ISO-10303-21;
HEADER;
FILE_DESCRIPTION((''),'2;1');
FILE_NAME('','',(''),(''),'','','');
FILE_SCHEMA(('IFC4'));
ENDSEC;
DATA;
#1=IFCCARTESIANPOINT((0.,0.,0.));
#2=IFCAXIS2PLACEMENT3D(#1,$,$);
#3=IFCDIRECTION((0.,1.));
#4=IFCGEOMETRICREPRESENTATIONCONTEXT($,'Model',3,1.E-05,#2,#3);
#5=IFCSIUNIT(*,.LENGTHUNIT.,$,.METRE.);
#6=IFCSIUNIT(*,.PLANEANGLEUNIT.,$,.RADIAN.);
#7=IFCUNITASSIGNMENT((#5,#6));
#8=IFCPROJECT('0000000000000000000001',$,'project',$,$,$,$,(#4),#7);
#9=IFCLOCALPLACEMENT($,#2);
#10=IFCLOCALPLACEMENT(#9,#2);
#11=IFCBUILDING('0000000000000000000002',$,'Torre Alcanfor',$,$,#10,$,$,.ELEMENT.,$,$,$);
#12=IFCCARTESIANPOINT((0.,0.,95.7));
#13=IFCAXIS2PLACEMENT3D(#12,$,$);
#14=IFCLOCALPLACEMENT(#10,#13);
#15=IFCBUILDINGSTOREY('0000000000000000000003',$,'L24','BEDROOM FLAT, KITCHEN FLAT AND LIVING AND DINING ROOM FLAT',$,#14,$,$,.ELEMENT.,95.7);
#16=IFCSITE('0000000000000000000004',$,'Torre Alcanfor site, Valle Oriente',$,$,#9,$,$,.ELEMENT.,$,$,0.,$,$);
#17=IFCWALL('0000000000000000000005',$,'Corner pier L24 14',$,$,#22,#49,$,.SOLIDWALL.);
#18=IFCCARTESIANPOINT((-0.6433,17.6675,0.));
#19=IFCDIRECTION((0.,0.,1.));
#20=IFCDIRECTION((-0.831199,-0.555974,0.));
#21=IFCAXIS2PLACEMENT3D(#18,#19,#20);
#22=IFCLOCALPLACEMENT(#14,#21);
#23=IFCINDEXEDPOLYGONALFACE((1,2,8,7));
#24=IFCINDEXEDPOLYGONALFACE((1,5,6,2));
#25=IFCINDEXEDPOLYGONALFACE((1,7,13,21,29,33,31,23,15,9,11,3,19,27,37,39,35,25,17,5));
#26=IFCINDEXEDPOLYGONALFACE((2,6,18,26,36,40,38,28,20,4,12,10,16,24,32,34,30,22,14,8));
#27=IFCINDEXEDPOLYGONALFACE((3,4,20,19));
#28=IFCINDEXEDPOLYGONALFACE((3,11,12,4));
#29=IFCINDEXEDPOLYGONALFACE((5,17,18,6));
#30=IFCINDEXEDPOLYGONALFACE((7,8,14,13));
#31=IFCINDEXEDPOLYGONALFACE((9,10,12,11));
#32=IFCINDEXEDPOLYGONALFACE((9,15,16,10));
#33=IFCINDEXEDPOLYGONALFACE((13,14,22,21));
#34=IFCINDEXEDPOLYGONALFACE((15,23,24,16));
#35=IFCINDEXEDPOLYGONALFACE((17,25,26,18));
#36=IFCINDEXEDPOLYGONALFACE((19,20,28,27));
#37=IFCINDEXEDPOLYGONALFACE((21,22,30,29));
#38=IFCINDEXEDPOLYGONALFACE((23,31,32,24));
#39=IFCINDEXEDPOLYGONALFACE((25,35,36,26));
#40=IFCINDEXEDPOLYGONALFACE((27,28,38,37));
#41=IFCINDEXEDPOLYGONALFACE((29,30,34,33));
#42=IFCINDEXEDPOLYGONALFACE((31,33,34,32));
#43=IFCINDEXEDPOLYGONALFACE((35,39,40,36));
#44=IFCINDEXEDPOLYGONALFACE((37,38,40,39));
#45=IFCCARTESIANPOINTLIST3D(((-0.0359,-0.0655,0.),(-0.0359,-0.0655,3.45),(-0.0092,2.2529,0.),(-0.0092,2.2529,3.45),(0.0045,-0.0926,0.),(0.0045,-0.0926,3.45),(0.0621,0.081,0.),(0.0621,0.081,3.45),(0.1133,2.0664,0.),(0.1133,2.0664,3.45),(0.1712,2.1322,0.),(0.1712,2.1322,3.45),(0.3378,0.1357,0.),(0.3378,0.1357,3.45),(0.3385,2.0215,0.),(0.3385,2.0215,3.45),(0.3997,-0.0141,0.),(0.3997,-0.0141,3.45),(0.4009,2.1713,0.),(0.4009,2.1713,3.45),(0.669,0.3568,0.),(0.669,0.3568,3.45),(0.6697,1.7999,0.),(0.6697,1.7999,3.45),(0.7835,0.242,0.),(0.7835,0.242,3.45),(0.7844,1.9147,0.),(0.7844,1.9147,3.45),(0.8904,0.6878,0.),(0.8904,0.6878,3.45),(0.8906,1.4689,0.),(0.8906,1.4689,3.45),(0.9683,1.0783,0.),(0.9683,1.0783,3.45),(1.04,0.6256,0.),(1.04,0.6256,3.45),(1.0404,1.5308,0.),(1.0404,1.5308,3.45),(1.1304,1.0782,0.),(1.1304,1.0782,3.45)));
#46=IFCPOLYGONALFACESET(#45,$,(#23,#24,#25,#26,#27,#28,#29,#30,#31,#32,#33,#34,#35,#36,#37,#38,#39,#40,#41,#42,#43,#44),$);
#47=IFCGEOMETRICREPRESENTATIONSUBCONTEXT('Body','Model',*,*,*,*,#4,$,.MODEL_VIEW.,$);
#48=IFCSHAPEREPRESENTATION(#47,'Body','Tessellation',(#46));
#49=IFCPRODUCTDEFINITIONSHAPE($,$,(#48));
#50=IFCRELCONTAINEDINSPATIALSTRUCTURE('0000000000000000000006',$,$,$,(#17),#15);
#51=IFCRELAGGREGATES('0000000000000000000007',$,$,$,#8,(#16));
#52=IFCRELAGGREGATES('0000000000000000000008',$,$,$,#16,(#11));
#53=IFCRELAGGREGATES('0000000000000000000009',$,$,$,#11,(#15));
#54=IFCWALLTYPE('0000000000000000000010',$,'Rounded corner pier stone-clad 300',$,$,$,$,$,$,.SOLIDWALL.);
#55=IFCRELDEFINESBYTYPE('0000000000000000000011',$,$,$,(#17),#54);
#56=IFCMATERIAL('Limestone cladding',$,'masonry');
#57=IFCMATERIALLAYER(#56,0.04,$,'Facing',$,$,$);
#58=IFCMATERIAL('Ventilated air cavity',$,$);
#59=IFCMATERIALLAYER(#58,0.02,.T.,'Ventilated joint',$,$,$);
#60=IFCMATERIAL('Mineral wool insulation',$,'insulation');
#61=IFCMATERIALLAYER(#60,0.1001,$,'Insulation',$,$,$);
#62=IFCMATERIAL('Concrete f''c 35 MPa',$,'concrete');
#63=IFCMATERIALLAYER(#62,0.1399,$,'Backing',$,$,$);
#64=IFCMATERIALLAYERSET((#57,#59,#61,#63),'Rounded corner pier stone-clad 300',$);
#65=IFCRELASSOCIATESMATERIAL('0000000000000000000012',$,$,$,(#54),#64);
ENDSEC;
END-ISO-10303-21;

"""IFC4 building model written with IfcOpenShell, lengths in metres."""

from ifc_helpers import new_model, si_unit, direction, frame, origin, place, context, subcontext, project, spatial, polyline, outline, extrude, material, layer, layer_set, type_object, element, save


model = new_model("IFC4")

# Units and contexts
model_context = context("Model", 3, precision=1e-05, world=origin(), true_north=direction((0.0, 1.0)))
body_context = subcontext(model_context, "Body", "Model", "MODEL_VIEW")
ifc_project = project(units=[si_unit("LENGTHUNIT", "METRE"), si_unit("PLANEANGLEUNIT", "RADIAN")], contexts=[model_context])

# Site, building, storey
site_placement = place(None, origin())
site = spatial("IfcSite", under=ifc_project, at=site_placement, Name="Torre Alcanfor site, Valle Oriente", CompositionType="ELEMENT", RefElevation=0.0)
building_placement = place(site_placement, origin())
building = spatial("IfcBuilding", under=site, at=building_placement, Name="Torre Alcanfor", CompositionType="ELEMENT")
storey_placement = place(building_placement, frame((0.0, 0.0, 95.7)))
storey = spatial("IfcBuildingStorey", under=building, at=storey_placement, Name="L24", Description="BEDROOM FLAT, KITCHEN FLAT AND LIVING AND DINING ROOM FLAT", CompositionType="ELEMENT", Elevation=95.7)

# Shared definitions
ifc_material_1 = material(Name="Limestone cladding", Category="masonry")
ifc_material_2 = material(Name="Ventilated air cavity")
ifc_material_3 = material(Name="Mineral wool insulation", Category="insulation")
ifc_material_4 = material(Name="Concrete f'c 35 MPa", Category="concrete")

# Wall
ifc_layer_1 = layer(ifc_material_1, 0.04, Name="Facing")
ifc_layer_2 = layer(ifc_material_2, 0.02, ventilated=True, Name="Ventilated joint")
ifc_layer_3 = layer(ifc_material_3, 0.1001, Name="Insulation")
ifc_layer_4 = layer(ifc_material_4, 0.1399, Name="Backing")
ifc_layer_set_1 = layer_set([ifc_layer_1, ifc_layer_2, ifc_layer_3, ifc_layer_4], Name="Rounded corner pier stone-clad 300")
wall_type_1 = type_object("IfcWallType", Name="Rounded corner pier stone-clad 300", PredefinedType="SOLIDWALL", material=ifc_layer_set_1)
wall_1_placement = place(storey_placement, frame((-0.6433, 17.6675, 0.0), z_axis=(0.0, 0.0, 1.0), x_axis=(-0.831199, -0.555974, 0.0)))
element("IfcWall", 1, at=wall_1_placement, inside=storey, type_object=wall_type_1, Name="Corner pier L24 14", PredefinedType="SOLIDWALL", context=body_context, shape_type="SweptSolid", body=[
    extrude(outline(polyline([(0.1712, 2.1322), (0.1133, 2.0664), (0.3385, 2.0215), (0.6697, 1.7999), (0.8906, 1.4689), (0.9683, 1.0783), (0.8904, 0.6878), (0.669, 0.3568), (0.3378, 0.1357), (0.0621, 0.081), (-0.0359, -0.0655), (0.0045, -0.0926), (0.3997, -0.0141), (0.7835, 0.242), (1.04, 0.6256), (1.1304, 1.0782), (1.0404, 1.5308), (0.7844, 1.9147), (0.4009, 2.1713), (-0.0092, 2.2529), (0.1712, 2.1322)])), origin(), (0.0, 0.0, 1.0), 3.45),
])

save(model, "model.ifc")
